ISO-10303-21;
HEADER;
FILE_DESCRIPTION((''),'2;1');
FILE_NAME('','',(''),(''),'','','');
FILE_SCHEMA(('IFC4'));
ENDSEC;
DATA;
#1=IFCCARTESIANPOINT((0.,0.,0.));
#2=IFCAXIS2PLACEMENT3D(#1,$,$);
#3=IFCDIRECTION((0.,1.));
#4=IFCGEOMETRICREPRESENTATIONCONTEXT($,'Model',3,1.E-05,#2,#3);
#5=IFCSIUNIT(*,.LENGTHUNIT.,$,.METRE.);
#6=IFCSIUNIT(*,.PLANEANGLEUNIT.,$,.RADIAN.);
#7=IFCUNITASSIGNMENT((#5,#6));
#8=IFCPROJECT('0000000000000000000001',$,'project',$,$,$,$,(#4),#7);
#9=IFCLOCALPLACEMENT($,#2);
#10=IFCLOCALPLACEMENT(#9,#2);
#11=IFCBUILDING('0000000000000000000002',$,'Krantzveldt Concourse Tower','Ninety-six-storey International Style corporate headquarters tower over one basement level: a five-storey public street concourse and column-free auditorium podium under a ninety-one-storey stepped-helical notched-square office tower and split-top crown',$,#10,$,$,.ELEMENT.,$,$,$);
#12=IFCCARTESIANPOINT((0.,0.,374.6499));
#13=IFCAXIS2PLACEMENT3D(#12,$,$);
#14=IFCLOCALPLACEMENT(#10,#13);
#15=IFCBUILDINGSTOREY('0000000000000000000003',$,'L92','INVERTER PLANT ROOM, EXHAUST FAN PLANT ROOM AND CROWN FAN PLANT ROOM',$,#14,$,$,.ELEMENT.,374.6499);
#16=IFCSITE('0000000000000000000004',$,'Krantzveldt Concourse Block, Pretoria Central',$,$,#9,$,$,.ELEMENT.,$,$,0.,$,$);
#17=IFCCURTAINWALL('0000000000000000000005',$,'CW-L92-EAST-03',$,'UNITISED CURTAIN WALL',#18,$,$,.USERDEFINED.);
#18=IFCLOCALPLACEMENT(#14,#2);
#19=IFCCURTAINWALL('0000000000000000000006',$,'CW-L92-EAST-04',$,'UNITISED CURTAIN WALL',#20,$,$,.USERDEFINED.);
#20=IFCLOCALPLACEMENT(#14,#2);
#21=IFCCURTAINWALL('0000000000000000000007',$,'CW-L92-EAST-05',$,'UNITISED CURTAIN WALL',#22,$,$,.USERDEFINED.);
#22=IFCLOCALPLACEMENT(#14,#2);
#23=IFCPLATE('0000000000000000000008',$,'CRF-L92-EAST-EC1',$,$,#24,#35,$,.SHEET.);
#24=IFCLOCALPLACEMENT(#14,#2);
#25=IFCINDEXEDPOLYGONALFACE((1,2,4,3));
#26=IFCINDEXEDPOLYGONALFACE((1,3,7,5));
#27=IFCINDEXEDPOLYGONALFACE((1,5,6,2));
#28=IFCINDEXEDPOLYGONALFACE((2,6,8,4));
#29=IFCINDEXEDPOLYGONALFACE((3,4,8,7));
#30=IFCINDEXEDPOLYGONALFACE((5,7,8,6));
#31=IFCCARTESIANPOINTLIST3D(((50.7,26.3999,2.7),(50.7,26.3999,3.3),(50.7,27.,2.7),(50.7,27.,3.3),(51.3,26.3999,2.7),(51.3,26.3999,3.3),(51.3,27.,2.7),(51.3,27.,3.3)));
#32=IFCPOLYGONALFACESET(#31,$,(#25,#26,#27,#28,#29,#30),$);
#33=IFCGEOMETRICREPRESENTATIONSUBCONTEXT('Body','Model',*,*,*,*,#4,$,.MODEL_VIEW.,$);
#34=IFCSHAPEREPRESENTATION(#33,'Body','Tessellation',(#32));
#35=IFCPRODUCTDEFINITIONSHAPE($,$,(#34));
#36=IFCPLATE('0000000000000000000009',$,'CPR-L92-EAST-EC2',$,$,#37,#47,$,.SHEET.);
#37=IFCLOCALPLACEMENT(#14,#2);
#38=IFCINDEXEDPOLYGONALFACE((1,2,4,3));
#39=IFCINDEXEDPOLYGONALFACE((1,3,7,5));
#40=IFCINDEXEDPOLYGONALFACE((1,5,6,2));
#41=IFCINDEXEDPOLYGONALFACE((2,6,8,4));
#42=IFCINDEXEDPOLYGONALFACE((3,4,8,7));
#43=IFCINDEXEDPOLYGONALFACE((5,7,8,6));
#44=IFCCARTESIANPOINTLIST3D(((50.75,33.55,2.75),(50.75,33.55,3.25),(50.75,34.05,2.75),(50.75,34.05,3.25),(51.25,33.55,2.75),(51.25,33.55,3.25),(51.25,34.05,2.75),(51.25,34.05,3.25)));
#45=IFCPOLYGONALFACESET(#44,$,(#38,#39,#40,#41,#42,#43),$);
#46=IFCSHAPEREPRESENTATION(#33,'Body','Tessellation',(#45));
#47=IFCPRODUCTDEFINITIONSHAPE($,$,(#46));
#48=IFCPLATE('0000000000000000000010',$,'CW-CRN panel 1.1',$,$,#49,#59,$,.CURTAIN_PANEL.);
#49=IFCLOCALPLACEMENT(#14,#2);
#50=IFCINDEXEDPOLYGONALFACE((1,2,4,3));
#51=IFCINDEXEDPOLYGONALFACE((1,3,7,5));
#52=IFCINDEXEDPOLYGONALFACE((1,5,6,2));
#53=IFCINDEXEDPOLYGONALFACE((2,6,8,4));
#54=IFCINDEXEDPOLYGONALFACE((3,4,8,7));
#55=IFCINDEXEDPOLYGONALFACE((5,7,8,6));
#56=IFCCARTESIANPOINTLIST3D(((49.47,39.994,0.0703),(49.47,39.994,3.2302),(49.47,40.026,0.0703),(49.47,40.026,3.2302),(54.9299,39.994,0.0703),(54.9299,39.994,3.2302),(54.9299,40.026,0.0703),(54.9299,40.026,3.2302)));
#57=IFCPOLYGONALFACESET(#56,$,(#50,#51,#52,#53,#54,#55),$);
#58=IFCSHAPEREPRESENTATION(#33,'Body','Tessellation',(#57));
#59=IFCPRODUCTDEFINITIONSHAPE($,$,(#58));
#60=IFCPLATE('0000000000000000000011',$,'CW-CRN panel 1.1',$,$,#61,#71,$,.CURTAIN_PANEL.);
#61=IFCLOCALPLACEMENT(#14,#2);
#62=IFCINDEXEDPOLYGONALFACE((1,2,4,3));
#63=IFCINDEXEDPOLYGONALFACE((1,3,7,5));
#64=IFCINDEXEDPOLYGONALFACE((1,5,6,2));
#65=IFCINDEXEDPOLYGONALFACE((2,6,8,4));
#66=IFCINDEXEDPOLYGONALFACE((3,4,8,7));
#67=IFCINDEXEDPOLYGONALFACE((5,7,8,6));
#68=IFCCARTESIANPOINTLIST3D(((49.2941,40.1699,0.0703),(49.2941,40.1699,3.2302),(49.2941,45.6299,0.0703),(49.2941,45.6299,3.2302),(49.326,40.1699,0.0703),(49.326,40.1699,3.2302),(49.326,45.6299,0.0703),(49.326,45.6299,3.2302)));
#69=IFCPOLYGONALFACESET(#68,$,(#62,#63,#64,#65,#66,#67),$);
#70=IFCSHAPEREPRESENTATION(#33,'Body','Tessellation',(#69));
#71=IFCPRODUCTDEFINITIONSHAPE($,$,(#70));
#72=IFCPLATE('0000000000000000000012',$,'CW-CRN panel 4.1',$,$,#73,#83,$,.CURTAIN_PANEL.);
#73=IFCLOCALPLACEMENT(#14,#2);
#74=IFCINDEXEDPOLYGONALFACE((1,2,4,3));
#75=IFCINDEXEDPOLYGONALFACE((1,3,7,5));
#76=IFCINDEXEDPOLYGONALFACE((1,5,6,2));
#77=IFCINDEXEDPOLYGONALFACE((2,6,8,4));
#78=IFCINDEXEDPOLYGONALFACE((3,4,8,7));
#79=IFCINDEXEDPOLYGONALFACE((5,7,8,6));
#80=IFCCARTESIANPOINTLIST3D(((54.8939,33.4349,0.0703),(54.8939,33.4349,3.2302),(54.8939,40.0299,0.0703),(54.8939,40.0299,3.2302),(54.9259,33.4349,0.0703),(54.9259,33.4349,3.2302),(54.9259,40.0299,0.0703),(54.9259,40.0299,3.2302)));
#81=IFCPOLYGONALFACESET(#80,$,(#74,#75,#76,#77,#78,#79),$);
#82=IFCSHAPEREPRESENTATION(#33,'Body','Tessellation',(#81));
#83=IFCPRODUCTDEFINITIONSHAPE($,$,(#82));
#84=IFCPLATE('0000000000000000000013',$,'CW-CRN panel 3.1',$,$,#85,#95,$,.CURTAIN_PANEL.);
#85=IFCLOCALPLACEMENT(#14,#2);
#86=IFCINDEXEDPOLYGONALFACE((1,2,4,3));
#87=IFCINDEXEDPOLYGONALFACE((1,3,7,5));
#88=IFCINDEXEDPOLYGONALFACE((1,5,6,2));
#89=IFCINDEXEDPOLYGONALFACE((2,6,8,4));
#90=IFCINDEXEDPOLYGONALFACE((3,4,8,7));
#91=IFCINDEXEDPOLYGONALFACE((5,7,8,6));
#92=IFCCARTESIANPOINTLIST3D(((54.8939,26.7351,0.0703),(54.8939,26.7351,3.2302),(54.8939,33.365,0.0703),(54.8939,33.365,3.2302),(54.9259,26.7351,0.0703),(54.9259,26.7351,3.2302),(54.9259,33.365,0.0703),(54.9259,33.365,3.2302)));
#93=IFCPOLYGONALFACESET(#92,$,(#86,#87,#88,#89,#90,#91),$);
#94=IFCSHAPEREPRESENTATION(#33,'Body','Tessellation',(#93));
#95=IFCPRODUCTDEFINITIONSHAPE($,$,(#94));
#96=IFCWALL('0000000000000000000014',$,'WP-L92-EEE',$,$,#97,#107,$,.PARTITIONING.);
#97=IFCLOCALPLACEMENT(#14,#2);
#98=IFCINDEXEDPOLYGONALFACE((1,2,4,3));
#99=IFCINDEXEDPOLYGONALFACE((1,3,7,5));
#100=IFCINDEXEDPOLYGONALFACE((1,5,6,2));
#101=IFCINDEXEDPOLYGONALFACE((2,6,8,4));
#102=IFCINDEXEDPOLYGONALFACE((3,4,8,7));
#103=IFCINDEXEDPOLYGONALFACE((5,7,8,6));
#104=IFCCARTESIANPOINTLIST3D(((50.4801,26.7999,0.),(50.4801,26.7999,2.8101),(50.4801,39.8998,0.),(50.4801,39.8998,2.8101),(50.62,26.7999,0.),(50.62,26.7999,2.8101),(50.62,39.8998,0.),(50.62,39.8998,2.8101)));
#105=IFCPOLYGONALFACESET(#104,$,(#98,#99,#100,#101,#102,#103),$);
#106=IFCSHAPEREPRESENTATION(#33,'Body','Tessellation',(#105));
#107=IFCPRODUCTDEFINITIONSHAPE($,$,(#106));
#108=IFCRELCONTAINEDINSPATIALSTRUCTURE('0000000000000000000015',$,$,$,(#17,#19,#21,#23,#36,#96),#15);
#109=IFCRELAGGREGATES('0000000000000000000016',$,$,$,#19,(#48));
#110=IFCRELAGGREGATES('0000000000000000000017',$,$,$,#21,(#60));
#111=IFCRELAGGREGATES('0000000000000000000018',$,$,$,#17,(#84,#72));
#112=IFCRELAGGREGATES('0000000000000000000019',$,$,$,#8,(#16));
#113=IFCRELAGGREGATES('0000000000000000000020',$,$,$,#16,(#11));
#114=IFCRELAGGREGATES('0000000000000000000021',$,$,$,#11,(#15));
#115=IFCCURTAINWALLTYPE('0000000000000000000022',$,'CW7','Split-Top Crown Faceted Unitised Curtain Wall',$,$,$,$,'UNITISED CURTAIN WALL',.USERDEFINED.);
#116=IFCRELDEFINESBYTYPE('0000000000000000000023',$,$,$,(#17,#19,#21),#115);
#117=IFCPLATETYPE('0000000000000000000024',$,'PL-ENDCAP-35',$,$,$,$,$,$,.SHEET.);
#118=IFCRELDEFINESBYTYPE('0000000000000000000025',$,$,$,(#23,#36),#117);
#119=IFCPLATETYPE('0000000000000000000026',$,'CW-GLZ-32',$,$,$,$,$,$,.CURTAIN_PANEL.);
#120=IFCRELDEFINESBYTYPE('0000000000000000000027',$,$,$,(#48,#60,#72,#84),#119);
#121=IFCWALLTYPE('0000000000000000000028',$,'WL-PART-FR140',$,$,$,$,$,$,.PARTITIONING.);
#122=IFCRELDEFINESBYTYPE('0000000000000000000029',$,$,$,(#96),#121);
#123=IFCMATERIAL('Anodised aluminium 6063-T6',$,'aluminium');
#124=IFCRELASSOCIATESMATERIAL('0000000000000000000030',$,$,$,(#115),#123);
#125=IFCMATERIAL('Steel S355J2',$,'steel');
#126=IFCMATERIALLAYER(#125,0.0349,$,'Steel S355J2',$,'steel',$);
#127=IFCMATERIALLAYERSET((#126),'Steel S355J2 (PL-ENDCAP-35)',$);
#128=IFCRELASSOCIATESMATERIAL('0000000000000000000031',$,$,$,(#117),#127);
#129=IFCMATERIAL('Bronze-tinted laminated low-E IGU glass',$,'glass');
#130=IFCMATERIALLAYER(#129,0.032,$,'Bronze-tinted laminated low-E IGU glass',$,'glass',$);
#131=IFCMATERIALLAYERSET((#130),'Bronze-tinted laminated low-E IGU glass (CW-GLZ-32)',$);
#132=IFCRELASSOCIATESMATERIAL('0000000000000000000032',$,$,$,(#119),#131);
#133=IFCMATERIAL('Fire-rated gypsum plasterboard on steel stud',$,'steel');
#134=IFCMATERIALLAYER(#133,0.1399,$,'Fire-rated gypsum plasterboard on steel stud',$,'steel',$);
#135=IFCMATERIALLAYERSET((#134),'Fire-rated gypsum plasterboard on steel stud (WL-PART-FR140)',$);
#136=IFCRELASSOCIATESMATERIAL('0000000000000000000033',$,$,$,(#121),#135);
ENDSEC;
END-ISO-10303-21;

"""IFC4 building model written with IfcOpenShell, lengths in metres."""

from ifc_helpers import new_model, si_unit, direction, frame, frame_2d, origin, origin_2d, place, context, subcontext, project, spatial, rectangle, extrude, source, transform, mapped, material, layer, layer_set, type_object, type_shapes, element, aggregate, save


model = new_model("IFC4")

# Units and contexts
model_context = context("Model", 3, precision=1e-05, world=origin(), true_north=direction((0.0, 1.0)))
body_context = subcontext(model_context, "Body", "Model", "MODEL_VIEW")
ifc_project = project(units=[si_unit("LENGTHUNIT", "METRE"), si_unit("PLANEANGLEUNIT", "RADIAN")], contexts=[model_context])

# Site, building, storey
site_placement = place(None, origin())
site = spatial("IfcSite", under=ifc_project, at=site_placement, Name="Krantzveldt Concourse Block, Pretoria Central", CompositionType="ELEMENT", RefElevation=0.0)
building_placement = place(site_placement, origin())
building = spatial("IfcBuilding", under=site, at=building_placement, Name="Krantzveldt Concourse Tower", Description="Ninety-six-storey International Style corporate headquarters tower over one basement level: a five-storey public street concourse and column-free auditorium podium under a ninety-one-storey stepped-helical notched-square office tower and split-top crown", CompositionType="ELEMENT")
storey_placement = place(building_placement, frame((0.0, 0.0, 374.6499)))
storey = spatial("IfcBuildingStorey", under=building, at=storey_placement, Name="L92", Description="INVERTER PLANT ROOM, EXHAUST FAN PLANT ROOM AND CROWN FAN PLANT ROOM", CompositionType="ELEMENT", Elevation=374.6499)

# Shared definitions
ifc_material_1 = material(Name="Steel S355J2", Category="steel")

# Curtain walls
ifc_material_2 = material(Name="Anodised aluminium 6063-T6", Category="aluminium")
curtain_wall_type = type_object("IfcCurtainWallType", Name="CW7", Description="Split-Top Crown Faceted Unitised Curtain Wall", ElementType="UNITISED CURTAIN WALL", PredefinedType="USERDEFINED", material=ifc_material_2)
curtain_wall_1_placement = place(storey_placement, origin())
curtain_wall_1 = element("IfcCurtainWall", 1, at=curtain_wall_1_placement, inside=storey, type_object=curtain_wall_type, Name="CW-L92-EAST-03", ObjectType="UNITISED CURTAIN WALL", PredefinedType="USERDEFINED")
curtain_wall_2_placement = place(storey_placement, origin())
curtain_wall_2 = element("IfcCurtainWall", 2, at=curtain_wall_2_placement, inside=storey, type_object=curtain_wall_type, Name="CW-L92-EAST-04", ObjectType="UNITISED CURTAIN WALL", PredefinedType="USERDEFINED")
curtain_wall_3_placement = place(storey_placement, origin())
curtain_wall_3 = element("IfcCurtainWall", 3, at=curtain_wall_3_placement, inside=storey, type_object=curtain_wall_type, Name="CW-L92-EAST-05", ObjectType="UNITISED CURTAIN WALL", PredefinedType="USERDEFINED")

# Plates
ifc_layer_1 = layer(ifc_material_1, 0.0349, Name="Steel S355J2", Category="steel")
ifc_layer_set_1 = layer_set([ifc_layer_1], Name="Steel S355J2 (PL-ENDCAP-35)")
plate_type_1 = type_object("IfcPlateType", Name="PL-ENDCAP-35", PredefinedType="SHEET", material=ifc_layer_set_1)
shared_shape_1 = source(origin(), body_context, "Body", "SweptSolid", [
    extrude(rectangle(XDim=0.6001, YDim=0.6001, at=origin_2d()), origin(), (0.0, 0.0, 1.0), 0.6001),
])
plate_1_placement = place(storey_placement, frame((51.0, 26.7, 2.7), z_axis=(0.0, 0.0, 1.0), x_axis=(1.0, 0.0, 0.0)))
element("IfcPlate", 4, at=plate_1_placement, inside=storey, type_object=plate_type_1, Name="CRF-L92-EAST-EC1", PredefinedType="SHEET", context=body_context, shape_type="MappedRepresentation", body=[
    mapped(shared_shape_1, transform((0.0, 0.0, 0.0), x_axis=(1.0, 0.0, 0.0), y_axis=(0.0, 1.0, 0.0), z_axis=(0.0, 0.0, 1.0), scale=1.0)),
])
shared_shape_2 = source(origin(), body_context, "Body", "SweptSolid", [
    extrude(rectangle(XDim=0.5, YDim=0.5, at=origin_2d()), origin(), (0.0, 0.0, 1.0), 0.5),
])
type_shapes(plate_type_1, [shared_shape_1, shared_shape_2])
plate_2_placement = place(storey_placement, frame((51.0, 33.8, 2.75), z_axis=(0.0, 0.0, 1.0), x_axis=(1.0, 0.0, 0.0)))
element("IfcPlate", 5, at=plate_2_placement, inside=storey, type_object=plate_type_1, Name="CPR-L92-EAST-EC2", PredefinedType="SHEET", context=body_context, shape_type="MappedRepresentation", body=[
    mapped(shared_shape_2, transform((0.0, 0.0, 0.0), x_axis=(1.0, 0.0, 0.0), y_axis=(0.0, 1.0, 0.0), z_axis=(0.0, 0.0, 1.0), scale=1.0)),
])

# Plates
ifc_material_3 = material(Name="Bronze-tinted laminated low-E IGU glass", Category="glass")
ifc_layer_2 = layer(ifc_material_3, 0.032, Name="Bronze-tinted laminated low-E IGU glass", Category="glass")
ifc_layer_set_2 = layer_set([ifc_layer_2], Name="Bronze-tinted laminated low-E IGU glass (CW-GLZ-32)")
plate_type_2 = type_object("IfcPlateType", Name="CW-GLZ-32", PredefinedType="CURTAIN_PANEL", material=ifc_layer_set_2)
shared_shape_3 = source(origin(), body_context, "Body", "SweptSolid", [
    extrude(rectangle(XDim=5.46, YDim=0.032, at=origin_2d()), origin(), (0.0, 0.0, 1.0), 3.1599),
])
plate_3_placement = place(storey_placement, frame((52.2, 40.01, 0.0703), z_axis=(0.0, 0.0, 1.0), x_axis=(-1.0, 0.0, 0.0)))
plate_3 = element("IfcPlate", 6, at=plate_3_placement, type_object=plate_type_2, Name="CW-CRN panel 1.1", PredefinedType="CURTAIN_PANEL", context=body_context, shape_type="MappedRepresentation", body=[
    mapped(shared_shape_3, transform((0.0, 0.0, 0.0), x_axis=(1.0, 0.0, 0.0), y_axis=(0.0, 1.0, 0.0), z_axis=(0.0, 0.0, 1.0), scale=1.0)),
])
aggregate(curtain_wall_2, [plate_3])
plate_4_placement = place(storey_placement, frame((49.3101, 42.8999, 0.0703), z_axis=(0.0, 0.0, 1.0), x_axis=(0.0, 1.0, 0.0)))
plate_4 = element("IfcPlate", 7, at=plate_4_placement, type_object=plate_type_2, Name="CW-CRN panel 1.1", PredefinedType="CURTAIN_PANEL", context=body_context, shape_type="MappedRepresentation", body=[
    mapped(shared_shape_3, transform((0.0, 0.0, 0.0), x_axis=(1.0, 0.0, 0.0), y_axis=(0.0, 1.0, 0.0), z_axis=(0.0, 0.0, 1.0), scale=1.0)),
])
aggregate(curtain_wall_3, [plate_4])
shared_shape_4 = source(origin(), body_context, "Body", "SweptSolid", [
    extrude(rectangle(XDim=6.595, YDim=0.032, at=origin_2d()), origin(), (0.0, 0.0, 1.0), 3.1599),
])
plate_5_placement = place(storey_placement, frame((54.9099, 36.7324, 0.0703), z_axis=(0.0, 0.0, 1.0), x_axis=(0.0, 1.0, 0.0)))
plate_5 = element("IfcPlate", 8, at=plate_5_placement, type_object=plate_type_2, Name="CW-CRN panel 4.1", PredefinedType="CURTAIN_PANEL", context=body_context, shape_type="MappedRepresentation", body=[
    mapped(shared_shape_4, transform((0.0, 0.0, 0.0), x_axis=(1.0, 0.0, 0.0), y_axis=(0.0, 1.0, 0.0), z_axis=(0.0, 0.0, 1.0), scale=1.0)),
])
shared_shape_5 = source(origin(), body_context, "Body", "SweptSolid", [
    extrude(rectangle(XDim=6.6299, YDim=0.032, at=origin_2d()), origin(), (0.0, 0.0, 1.0), 3.1599),
])
type_shapes(plate_type_2, [shared_shape_3, shared_shape_4, shared_shape_5])
plate_6_placement = place(storey_placement, frame((54.9099, 30.05, 0.0703), z_axis=(0.0, 0.0, 1.0), x_axis=(0.0, 1.0, 0.0)))
plate_6 = element("IfcPlate", 9, at=plate_6_placement, type_object=plate_type_2, Name="CW-CRN panel 3.1", PredefinedType="CURTAIN_PANEL", context=body_context, shape_type="MappedRepresentation", body=[
    mapped(shared_shape_5, transform((0.0, 0.0, 0.0), x_axis=(1.0, 0.0, 0.0), y_axis=(0.0, 1.0, 0.0), z_axis=(0.0, 0.0, 1.0), scale=1.0)),
])
aggregate(curtain_wall_1, [plate_6, plate_5])

# Wall
ifc_material_4 = material(Name="Fire-rated gypsum plasterboard on steel stud", Category="steel")
ifc_layer_3 = layer(ifc_material_4, 0.1399, Name="Fire-rated gypsum plasterboard on steel stud", Category="steel")
ifc_layer_set_3 = layer_set([ifc_layer_3], Name="Fire-rated gypsum plasterboard on steel stud (WL-PART-FR140)")
wall_type = type_object("IfcWallType", Name="WL-PART-FR140", PredefinedType="PARTITIONING", material=ifc_layer_set_3)
wall_placement = place(storey_placement, frame((50.55, 26.8, 0.0), z_axis=(0.0, 0.0, 1.0), x_axis=(0.0, 1.0, 0.0)))
element("IfcWall", 10, at=wall_placement, inside=storey, type_object=wall_type, Name="WP-L92-EEE", PredefinedType="PARTITIONING", context=body_context, shape_type="SweptSolid", body=[
    extrude(rectangle(XDim=13.0999, YDim=0.1399, at=frame_2d((6.5498, 0.0))), origin(), (0.0, 0.0, 1.0), 2.8101),
])

save(model, "model.ifc")
